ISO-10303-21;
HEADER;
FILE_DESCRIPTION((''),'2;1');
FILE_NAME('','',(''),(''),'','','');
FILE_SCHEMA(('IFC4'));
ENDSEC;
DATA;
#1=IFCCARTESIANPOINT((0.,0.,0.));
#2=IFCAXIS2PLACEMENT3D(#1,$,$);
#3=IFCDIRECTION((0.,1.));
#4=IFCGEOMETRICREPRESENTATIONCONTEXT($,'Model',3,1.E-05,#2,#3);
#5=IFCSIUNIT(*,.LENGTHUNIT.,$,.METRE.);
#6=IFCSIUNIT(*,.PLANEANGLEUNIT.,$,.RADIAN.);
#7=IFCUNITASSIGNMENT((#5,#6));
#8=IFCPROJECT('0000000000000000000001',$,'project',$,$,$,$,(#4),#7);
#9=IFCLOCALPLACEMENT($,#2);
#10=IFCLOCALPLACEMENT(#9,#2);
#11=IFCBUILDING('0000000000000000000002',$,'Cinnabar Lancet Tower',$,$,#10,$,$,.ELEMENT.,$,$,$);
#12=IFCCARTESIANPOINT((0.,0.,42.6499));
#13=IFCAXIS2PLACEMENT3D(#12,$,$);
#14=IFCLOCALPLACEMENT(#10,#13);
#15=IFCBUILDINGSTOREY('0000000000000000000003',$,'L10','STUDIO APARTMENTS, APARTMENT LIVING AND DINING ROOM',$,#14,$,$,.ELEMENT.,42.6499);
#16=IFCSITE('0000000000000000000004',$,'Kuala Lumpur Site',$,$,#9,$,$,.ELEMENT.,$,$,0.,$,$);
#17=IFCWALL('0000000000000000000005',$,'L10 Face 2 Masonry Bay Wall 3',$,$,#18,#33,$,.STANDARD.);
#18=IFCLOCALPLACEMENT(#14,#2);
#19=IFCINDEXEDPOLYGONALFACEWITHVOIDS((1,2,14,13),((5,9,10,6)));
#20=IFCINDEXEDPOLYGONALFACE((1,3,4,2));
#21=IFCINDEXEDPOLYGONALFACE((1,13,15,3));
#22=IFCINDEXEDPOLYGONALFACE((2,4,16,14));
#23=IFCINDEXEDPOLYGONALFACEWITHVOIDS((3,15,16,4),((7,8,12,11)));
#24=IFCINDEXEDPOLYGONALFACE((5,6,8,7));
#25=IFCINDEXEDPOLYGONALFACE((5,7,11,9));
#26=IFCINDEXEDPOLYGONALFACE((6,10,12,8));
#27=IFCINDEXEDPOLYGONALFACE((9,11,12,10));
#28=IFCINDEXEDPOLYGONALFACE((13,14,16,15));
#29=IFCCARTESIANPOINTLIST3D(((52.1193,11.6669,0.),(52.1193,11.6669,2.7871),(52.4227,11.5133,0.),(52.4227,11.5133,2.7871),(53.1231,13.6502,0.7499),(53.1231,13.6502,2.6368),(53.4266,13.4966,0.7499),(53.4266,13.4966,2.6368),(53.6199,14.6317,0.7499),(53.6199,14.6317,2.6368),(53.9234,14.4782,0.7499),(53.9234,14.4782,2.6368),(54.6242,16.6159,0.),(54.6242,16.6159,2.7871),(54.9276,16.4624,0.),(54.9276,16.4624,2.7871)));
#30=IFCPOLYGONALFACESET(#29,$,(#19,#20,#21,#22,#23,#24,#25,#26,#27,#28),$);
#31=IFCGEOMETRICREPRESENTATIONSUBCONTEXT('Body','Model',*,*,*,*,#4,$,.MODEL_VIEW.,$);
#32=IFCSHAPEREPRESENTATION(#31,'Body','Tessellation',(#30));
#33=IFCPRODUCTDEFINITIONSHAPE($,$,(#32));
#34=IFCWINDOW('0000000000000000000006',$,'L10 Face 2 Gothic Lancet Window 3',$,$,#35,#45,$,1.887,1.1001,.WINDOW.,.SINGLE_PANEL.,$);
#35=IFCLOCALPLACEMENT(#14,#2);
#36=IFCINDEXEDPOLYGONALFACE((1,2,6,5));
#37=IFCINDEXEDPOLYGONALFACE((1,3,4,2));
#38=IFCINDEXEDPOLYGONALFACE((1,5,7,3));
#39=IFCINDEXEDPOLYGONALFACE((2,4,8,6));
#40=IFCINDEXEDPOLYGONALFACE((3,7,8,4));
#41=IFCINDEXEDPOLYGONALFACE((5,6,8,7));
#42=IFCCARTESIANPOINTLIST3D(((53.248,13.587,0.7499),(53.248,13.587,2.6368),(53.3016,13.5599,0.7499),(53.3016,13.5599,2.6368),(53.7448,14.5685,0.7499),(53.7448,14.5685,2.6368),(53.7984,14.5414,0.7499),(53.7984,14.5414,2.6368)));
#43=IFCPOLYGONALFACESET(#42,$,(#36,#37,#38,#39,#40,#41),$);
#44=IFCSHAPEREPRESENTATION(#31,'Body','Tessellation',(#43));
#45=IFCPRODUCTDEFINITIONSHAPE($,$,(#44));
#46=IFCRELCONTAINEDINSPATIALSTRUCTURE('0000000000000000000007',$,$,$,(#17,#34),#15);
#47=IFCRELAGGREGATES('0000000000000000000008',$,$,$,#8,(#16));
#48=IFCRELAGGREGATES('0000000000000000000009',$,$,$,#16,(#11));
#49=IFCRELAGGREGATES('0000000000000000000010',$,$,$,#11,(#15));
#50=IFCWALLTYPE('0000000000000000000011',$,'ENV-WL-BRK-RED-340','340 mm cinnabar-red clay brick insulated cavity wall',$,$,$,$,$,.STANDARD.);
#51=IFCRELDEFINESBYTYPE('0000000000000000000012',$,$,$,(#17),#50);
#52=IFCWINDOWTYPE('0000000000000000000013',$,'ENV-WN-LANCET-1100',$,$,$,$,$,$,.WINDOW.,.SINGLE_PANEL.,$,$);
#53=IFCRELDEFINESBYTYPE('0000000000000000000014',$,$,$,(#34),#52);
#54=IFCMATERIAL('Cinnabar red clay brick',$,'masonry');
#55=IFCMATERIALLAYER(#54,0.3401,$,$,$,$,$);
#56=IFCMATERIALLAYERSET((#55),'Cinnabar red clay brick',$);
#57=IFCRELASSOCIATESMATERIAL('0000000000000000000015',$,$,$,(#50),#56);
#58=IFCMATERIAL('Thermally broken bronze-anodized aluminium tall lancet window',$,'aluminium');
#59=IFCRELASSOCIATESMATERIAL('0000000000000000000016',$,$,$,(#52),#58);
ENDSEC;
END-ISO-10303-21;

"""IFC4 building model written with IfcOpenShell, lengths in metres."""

from ifc_helpers import new_model, si_unit, direction, frame, frame_2d, origin, place, context, subcontext, project, spatial, rectangle, extrude, material, layer, layer_set, type_object, element, fill, save


model = new_model("IFC4")

# Units and contexts
model_context = context("Model", 3, precision=1e-05, world=origin(), true_north=direction((0.0, 1.0)))
body_context = subcontext(model_context, "Body", "Model", "MODEL_VIEW")
ifc_project = project(units=[si_unit("LENGTHUNIT", "METRE"), si_unit("PLANEANGLEUNIT", "RADIAN")], contexts=[model_context])

# Site, building, storey
site_placement = place(None, origin())
site = spatial("IfcSite", under=ifc_project, at=site_placement, Name="Kuala Lumpur Site", CompositionType="ELEMENT", RefElevation=0.0)
building_placement = place(site_placement, origin())
building = spatial("IfcBuilding", under=site, at=building_placement, Name="Cinnabar Lancet Tower", CompositionType="ELEMENT")
storey_placement = place(building_placement, frame((0.0, 0.0, 42.6499)))
storey = spatial("IfcBuildingStorey", under=building, at=storey_placement, Name="L10", Description="STUDIO APARTMENTS, APARTMENT LIVING AND DINING ROOM", CompositionType="ELEMENT", Elevation=42.6499)

# Shared definitions
ifc_material_1 = material(Name="Cinnabar red clay brick", Category="masonry")
ifc_layer_1 = layer(ifc_material_1, 0.3401)
ifc_layer_set_1 = layer_set([ifc_layer_1], Name="Cinnabar red clay brick")
wall_type_1 = type_object("IfcWallType", Name="ENV-WL-BRK-RED-340", Description="340 mm cinnabar-red clay brick insulated cavity wall", PredefinedType="STANDARD", material=ifc_layer_set_1)

# Wall, opening, window
ifc_material_2 = material(Name="Thermally broken bronze-anodized aluminium tall lancet window", Category="aluminium")
window_type = type_object("IfcWindowType", Name="ENV-WN-LANCET-1100", PartitioningType="SINGLE_PANEL", PredefinedType="WINDOW", material=ifc_material_2)
wall_1_placement = place(storey_placement, frame((52.271, 11.5901, 0.0), z_axis=(0.0, 0.0, 1.0), x_axis=(0.451592, 0.892225, 0.0)))
wall_1 = element("IfcWall", 1, at=wall_1_placement, inside=storey, type_object=wall_type_1, Name="L10 Face 2 Masonry Bay Wall 3", PredefinedType="STANDARD", context=body_context, shape_type="SweptSolid", body=[
    extrude(rectangle(XDim=5.5469, YDim=0.3401, at=frame_2d((2.7734, 0.0))), origin(), (0.0, 0.0, 1.0), 2.7871),
])
opening_1_placement = place(wall_1_placement, frame((2.2229, 0.0, 0.75)))
opening_1 = element("IfcOpeningElement", 2, at=opening_1_placement, cuts=wall_1, PredefinedType="OPENING", context=body_context, shape_type="SweptSolid", body=[
    extrude(rectangle(XDim=1.1001, YDim=1.887, at=frame_2d((0.55, 0.9434))), frame((0.0, 0.1799, 0.0), z_axis=(0.0, -1.0, 0.0), x_axis=(1.0, 0.0, 0.0)), (0.0, 0.0, 1.0), 0.3601),
])
window_1_placement = place(opening_1_placement, origin())
window_1 = element("IfcWindow", 3, at=window_1_placement, inside=storey, type_object=window_type, Name="L10 Face 2 Gothic Lancet Window 3", OverallHeight=1.887, OverallWidth=1.1001, PartitioningType="SINGLE_PANEL", PredefinedType="WINDOW", context=body_context, shape_type="SweptSolid", body=[
    extrude(rectangle(XDim=1.1001, YDim=1.887, at=frame_2d((0.55, 0.9434))), frame((0.0, 0.03, 0.0), z_axis=(0.0, -1.0, 0.0), x_axis=(1.0, 0.0, 0.0)), (0.0, 0.0, 1.0), 0.0601),
])
fill(opening_1, window_1)

save(model, "model.ifc")
